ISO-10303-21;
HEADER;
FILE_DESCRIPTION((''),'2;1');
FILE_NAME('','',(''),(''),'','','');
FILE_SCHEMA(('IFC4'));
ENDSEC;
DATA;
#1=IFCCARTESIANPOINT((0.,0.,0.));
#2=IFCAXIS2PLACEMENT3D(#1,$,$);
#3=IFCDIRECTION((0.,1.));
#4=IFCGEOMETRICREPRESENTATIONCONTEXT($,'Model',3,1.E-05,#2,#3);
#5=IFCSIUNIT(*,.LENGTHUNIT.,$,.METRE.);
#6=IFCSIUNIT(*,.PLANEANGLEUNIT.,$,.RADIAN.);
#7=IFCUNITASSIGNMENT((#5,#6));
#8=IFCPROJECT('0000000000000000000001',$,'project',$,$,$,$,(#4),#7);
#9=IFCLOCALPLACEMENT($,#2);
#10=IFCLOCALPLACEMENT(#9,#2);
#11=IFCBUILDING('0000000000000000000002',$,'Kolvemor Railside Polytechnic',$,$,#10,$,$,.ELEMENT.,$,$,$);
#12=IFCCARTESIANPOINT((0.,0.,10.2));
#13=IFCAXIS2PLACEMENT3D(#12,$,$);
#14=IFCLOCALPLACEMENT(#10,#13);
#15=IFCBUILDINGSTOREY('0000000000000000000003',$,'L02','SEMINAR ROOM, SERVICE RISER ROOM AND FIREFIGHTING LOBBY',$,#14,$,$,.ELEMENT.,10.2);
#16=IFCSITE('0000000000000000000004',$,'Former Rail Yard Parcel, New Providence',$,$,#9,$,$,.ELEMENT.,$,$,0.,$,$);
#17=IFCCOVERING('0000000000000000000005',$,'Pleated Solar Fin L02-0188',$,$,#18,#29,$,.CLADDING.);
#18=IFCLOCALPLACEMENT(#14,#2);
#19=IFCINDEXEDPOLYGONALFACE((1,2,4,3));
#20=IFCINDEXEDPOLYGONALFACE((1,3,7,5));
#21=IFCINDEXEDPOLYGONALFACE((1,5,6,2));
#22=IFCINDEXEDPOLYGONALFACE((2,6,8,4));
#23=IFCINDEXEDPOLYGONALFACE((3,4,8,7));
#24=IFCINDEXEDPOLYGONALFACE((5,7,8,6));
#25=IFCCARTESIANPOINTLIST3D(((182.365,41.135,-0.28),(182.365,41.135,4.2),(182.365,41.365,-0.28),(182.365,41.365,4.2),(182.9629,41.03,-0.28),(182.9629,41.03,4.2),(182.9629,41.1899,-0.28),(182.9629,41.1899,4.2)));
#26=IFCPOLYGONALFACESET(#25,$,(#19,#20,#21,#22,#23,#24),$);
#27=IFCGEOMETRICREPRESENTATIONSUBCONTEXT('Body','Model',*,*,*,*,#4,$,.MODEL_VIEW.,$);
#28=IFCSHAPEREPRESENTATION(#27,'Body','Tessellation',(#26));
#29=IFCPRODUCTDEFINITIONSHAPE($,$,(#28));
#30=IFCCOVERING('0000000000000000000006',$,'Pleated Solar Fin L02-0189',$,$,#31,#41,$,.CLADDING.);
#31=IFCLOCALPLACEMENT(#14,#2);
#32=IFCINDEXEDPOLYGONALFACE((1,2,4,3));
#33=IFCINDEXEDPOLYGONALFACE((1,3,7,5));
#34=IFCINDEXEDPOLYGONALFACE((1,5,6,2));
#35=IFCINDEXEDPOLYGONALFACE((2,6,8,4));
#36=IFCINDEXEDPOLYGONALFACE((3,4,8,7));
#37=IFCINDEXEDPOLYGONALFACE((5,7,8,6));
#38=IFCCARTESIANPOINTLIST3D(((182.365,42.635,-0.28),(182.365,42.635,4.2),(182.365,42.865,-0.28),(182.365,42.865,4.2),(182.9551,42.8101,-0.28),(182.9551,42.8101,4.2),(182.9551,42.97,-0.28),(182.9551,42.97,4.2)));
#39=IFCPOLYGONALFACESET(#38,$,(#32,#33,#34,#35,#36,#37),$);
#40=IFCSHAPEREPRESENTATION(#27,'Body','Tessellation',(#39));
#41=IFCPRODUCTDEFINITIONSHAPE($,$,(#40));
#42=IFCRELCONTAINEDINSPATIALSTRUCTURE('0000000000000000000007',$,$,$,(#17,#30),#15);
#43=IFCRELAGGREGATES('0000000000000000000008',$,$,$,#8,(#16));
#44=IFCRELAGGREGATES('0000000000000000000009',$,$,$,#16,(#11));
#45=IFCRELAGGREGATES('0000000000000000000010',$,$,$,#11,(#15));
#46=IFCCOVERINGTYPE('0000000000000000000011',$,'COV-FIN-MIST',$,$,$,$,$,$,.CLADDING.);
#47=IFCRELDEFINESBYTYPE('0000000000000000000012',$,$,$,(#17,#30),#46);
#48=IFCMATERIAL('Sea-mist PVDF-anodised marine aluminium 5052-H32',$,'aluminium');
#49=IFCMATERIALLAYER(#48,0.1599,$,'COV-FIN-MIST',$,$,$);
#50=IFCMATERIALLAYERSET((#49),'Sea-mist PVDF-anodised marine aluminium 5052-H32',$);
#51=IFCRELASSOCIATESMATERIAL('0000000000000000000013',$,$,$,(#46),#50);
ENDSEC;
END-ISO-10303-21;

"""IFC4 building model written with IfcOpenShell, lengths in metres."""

from ifc_helpers import new_model, si_unit, direction, frame, origin, place, context, subcontext, project, spatial, polyline, outline, extrude, material, layer, layer_set, type_object, element, save


model = new_model("IFC4")

# Units and contexts
model_context = context("Model", 3, precision=1e-05, world=origin(), true_north=direction((0.0, 1.0)))
body_context = subcontext(model_context, "Body", "Model", "MODEL_VIEW")
ifc_project = project(units=[si_unit("LENGTHUNIT", "METRE"), si_unit("PLANEANGLEUNIT", "RADIAN")], contexts=[model_context])

# Site, building, storey
site_placement = place(None, origin())
site = spatial("IfcSite", under=ifc_project, at=site_placement, Name="Former Rail Yard Parcel, New Providence", CompositionType="ELEMENT", RefElevation=0.0)
building_placement = place(site_placement, origin())
building = spatial("IfcBuilding", under=site, at=building_placement, Name="Kolvemor Railside Polytechnic", CompositionType="ELEMENT")
storey_placement = place(building_placement, frame((0.0, 0.0, 10.2)))
storey = spatial("IfcBuildingStorey", under=building, at=storey_placement, Name="L02", Description="SEMINAR ROOM, SERVICE RISER ROOM AND FIREFIGHTING LOBBY", CompositionType="ELEMENT", Elevation=10.2)

# Coverings
ifc_material_1 = material(Name="Sea-mist PVDF-anodised marine aluminium 5052-H32", Category="aluminium")
ifc_layer_1 = layer(ifc_material_1, 0.1599, Name="COV-FIN-MIST")
ifc_layer_set_1 = layer_set([ifc_layer_1], Name="Sea-mist PVDF-anodised marine aluminium 5052-H32")
covering_type_1 = type_object("IfcCoveringType", Name="COV-FIN-MIST", PredefinedType="CLADDING", material=ifc_layer_set_1)
covering_1_placement = place(storey_placement, frame((0.0, 0.0, -0.28)))
element("IfcCovering", 1, at=covering_1_placement, inside=storey, type_object=covering_type_1, Name="Pleated Solar Fin L02-0188", PredefinedType="CLADDING", context=body_context, shape_type="SweptSolid", body=[
    extrude(outline(polyline([(182.365, 41.135), (182.365, 41.365), (182.9629, 41.1899), (182.9629, 41.03), (182.365, 41.135)])), origin(), (0.0, 0.0, 1.0), 4.48),
])
covering_2_placement = place(storey_placement, frame((0.0, 0.0, -0.28)))
element("IfcCovering", 2, at=covering_2_placement, inside=storey, type_object=covering_type_1, Name="Pleated Solar Fin L02-0189", PredefinedType="CLADDING", context=body_context, shape_type="SweptSolid", body=[
    extrude(outline(polyline([(182.365, 42.635), (182.365, 42.865), (182.9551, 42.97), (182.9551, 42.8101), (182.365, 42.635)])), origin(), (0.0, 0.0, 1.0), 4.48),
])

save(model, "model.ifc")
